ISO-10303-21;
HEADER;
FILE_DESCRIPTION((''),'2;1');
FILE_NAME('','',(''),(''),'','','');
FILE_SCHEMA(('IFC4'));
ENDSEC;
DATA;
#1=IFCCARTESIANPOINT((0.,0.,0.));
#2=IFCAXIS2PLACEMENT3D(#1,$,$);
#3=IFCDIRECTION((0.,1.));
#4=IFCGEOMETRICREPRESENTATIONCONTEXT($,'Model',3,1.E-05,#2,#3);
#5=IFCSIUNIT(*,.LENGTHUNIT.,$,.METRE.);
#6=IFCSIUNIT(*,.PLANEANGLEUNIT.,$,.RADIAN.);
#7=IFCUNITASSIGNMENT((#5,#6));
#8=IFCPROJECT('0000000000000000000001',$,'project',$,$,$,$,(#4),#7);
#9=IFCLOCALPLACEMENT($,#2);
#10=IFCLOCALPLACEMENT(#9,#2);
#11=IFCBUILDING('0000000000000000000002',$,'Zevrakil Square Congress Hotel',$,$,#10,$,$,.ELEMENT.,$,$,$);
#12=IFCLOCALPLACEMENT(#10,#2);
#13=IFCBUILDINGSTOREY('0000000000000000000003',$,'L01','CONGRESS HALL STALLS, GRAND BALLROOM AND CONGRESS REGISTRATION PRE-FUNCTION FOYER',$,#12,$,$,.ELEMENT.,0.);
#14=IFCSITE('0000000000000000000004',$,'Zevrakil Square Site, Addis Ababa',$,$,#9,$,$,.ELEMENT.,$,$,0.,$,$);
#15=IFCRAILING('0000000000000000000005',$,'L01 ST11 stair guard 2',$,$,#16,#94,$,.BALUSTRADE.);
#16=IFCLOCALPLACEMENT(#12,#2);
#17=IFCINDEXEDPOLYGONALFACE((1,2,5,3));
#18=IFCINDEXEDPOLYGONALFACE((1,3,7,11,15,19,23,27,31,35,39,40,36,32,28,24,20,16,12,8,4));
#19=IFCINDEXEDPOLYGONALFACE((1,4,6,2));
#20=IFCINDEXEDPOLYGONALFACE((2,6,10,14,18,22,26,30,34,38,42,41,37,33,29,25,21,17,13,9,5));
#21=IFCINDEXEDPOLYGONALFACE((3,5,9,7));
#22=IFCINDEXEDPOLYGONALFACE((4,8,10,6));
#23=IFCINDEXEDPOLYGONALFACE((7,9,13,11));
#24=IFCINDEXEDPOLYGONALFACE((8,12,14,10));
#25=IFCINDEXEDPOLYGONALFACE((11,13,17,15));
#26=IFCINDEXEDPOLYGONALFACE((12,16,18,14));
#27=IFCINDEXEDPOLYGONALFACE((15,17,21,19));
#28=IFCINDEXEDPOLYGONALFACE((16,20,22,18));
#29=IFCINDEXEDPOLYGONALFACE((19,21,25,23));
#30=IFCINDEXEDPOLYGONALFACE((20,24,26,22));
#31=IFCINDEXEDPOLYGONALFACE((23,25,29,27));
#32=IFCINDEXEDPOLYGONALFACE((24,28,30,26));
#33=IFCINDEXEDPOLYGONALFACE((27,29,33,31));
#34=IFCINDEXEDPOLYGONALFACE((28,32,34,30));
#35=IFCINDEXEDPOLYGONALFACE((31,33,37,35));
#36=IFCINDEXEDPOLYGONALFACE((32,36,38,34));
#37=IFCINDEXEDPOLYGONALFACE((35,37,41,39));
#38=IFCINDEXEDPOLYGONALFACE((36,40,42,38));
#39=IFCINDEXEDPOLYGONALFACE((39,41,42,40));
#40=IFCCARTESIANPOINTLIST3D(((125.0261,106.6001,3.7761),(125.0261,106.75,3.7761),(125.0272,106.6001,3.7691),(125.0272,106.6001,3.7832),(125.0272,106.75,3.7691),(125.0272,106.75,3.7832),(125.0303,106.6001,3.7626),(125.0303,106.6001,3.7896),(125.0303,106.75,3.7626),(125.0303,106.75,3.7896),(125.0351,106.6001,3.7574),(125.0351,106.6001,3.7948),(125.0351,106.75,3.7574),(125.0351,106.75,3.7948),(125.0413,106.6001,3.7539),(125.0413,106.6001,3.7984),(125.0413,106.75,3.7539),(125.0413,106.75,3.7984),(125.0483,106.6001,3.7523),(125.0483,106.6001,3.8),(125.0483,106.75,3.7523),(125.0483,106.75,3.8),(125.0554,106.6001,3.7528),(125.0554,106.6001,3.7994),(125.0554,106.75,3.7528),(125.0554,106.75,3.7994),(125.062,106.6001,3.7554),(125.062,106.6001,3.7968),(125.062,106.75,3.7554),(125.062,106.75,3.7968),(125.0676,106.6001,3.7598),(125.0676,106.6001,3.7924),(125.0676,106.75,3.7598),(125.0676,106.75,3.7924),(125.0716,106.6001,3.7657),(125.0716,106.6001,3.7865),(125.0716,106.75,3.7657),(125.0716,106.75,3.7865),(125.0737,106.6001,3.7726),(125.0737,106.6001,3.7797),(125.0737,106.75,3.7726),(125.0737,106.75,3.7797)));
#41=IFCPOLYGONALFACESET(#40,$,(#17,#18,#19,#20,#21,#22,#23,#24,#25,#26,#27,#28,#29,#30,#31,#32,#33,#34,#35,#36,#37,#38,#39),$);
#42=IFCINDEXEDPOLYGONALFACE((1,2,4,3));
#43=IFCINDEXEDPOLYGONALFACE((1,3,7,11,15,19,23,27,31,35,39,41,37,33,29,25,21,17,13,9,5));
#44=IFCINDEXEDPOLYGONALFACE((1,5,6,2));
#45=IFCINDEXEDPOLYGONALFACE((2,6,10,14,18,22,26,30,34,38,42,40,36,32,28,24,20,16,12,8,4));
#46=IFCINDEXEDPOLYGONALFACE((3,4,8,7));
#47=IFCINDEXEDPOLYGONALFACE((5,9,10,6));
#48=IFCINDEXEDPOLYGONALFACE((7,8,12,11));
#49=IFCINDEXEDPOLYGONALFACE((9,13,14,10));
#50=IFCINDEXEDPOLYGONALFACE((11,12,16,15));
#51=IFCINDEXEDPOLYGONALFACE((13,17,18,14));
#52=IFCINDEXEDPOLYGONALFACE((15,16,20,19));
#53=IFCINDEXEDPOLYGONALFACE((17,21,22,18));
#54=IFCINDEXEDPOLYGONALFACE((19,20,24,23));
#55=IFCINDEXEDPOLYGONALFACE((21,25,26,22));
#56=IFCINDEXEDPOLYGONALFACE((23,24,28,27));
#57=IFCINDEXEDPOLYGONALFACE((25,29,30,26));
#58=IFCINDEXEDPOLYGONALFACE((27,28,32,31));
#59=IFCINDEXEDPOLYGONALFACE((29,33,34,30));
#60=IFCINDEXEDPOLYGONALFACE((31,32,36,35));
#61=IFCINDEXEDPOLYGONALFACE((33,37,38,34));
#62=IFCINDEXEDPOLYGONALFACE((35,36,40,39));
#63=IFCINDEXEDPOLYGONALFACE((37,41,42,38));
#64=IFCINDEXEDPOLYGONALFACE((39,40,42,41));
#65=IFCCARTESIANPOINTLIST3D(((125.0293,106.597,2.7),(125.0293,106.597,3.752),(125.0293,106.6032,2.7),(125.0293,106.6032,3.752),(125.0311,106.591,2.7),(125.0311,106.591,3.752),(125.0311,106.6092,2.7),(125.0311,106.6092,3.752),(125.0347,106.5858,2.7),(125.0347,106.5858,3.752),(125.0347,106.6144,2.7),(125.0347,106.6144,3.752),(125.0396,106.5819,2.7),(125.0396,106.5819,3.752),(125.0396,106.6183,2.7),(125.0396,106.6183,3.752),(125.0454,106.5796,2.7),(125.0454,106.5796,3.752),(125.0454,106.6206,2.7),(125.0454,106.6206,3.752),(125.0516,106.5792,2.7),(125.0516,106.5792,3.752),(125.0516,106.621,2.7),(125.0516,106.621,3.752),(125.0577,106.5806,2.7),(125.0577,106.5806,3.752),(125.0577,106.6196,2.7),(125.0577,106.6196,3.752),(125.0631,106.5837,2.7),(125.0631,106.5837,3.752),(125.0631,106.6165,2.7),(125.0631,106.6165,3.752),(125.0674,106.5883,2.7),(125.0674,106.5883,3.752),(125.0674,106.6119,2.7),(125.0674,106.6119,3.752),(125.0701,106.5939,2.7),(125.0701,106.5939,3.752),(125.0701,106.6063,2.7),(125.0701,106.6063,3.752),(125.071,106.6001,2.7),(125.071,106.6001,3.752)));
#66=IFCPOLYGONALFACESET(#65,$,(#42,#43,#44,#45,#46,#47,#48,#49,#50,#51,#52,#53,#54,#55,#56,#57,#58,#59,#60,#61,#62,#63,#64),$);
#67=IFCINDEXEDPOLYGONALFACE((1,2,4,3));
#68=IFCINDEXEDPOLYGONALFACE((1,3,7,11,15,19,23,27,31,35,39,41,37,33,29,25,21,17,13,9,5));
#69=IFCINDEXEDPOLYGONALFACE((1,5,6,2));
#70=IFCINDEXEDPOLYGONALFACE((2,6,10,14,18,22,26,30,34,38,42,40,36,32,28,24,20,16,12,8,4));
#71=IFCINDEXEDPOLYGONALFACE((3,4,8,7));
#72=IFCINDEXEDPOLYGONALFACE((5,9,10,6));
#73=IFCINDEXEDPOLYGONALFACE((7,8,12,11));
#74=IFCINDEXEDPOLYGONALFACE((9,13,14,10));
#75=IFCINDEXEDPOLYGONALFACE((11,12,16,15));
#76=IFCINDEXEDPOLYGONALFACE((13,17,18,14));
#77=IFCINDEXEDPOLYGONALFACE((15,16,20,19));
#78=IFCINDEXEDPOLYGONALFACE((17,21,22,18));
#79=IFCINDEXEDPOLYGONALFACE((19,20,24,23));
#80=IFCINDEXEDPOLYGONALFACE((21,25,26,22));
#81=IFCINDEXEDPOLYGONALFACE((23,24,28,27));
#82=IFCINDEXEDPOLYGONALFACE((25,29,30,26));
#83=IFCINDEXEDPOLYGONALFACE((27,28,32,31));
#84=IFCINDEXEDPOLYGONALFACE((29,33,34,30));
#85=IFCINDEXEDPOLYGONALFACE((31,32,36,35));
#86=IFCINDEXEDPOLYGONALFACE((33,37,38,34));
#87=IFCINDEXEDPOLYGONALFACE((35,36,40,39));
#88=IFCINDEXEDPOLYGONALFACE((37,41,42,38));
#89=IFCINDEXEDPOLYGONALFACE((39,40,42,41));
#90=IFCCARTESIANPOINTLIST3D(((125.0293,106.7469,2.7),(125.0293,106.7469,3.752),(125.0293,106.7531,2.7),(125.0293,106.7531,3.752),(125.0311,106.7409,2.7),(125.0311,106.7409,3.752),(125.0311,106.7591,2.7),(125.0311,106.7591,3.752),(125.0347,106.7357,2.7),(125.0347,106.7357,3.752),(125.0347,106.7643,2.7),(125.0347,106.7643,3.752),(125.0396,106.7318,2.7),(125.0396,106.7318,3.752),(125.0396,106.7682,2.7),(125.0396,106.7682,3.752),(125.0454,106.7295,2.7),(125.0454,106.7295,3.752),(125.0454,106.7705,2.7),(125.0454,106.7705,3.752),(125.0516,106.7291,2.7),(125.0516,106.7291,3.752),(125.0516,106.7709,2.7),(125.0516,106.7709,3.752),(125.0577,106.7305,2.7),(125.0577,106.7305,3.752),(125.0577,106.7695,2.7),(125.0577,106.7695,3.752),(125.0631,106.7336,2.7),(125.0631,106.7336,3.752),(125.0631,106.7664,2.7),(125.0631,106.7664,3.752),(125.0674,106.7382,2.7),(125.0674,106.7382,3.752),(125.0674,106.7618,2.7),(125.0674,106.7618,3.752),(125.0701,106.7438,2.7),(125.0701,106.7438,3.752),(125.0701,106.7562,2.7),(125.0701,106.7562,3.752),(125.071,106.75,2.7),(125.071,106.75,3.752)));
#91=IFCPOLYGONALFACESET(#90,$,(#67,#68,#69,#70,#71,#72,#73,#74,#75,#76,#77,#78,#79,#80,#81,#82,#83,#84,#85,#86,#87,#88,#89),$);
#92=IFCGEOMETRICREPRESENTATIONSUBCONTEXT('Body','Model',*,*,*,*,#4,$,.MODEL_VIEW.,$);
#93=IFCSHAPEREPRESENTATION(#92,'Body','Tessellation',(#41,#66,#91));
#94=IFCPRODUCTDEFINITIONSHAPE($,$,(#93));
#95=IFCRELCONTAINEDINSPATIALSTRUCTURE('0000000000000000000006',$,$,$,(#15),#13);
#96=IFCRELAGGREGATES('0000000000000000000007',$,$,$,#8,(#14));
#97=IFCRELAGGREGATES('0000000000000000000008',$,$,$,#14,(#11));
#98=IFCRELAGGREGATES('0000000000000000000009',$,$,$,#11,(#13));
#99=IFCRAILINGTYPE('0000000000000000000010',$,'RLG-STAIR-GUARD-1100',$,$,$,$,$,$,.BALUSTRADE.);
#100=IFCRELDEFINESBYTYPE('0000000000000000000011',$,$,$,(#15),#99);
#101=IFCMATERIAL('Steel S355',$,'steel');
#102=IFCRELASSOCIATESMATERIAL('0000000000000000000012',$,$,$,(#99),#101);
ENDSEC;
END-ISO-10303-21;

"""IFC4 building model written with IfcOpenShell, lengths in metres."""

from ifc_helpers import new_model, si_unit, direction, frame, origin, origin_2d, place, context, subcontext, project, spatial, circle, extrude, material, type_object, element, save


model = new_model("IFC4")

# Units and contexts
model_context = context("Model", 3, precision=1e-05, world=origin(), true_north=direction((0.0, 1.0)))
body_context = subcontext(model_context, "Body", "Model", "MODEL_VIEW")
ifc_project = project(units=[si_unit("LENGTHUNIT", "METRE"), si_unit("PLANEANGLEUNIT", "RADIAN")], contexts=[model_context])

# Site, building, storey
site_placement = place(None, origin())
site = spatial("IfcSite", under=ifc_project, at=site_placement, Name="Zevrakil Square Site, Addis Ababa", CompositionType="ELEMENT", RefElevation=0.0)
building_placement = place(site_placement, origin())
building = spatial("IfcBuilding", under=site, at=building_placement, Name="Zevrakil Square Congress Hotel", CompositionType="ELEMENT")
storey_placement = place(building_placement, origin())
storey = spatial("IfcBuildingStorey", under=building, at=storey_placement, Name="L01", Description="CONGRESS HALL STALLS, GRAND BALLROOM AND CONGRESS REGISTRATION PRE-FUNCTION FOYER", CompositionType="ELEMENT", Elevation=0.0)

# Railing
ifc_material_1 = material(Name="Steel S355", Category="steel")
railing_type_1 = type_object("IfcRailingType", Name="RLG-STAIR-GUARD-1100", PredefinedType="BALUSTRADE", material=ifc_material_1)
railing_1_placement = place(storey_placement, frame((125.05, 106.6001, 2.7)))
element("IfcRailing", 1, at=railing_1_placement, inside=storey, type_object=railing_type_1, Name="L01 ST11 stair guard 2", PredefinedType="BALUSTRADE", context=body_context, shape_type="SweptSolid", body=[
    extrude(circle(Radius=0.0239, at=origin_2d()), frame((0.0, 0.0, 1.0762), z_axis=(0.0, 1.0, 0.0), x_axis=(-1.0, 0.0, 0.0)), (0.0, 0.0, 1.0), 0.1499),
    extrude(circle(Radius=0.021, at=origin_2d()), origin(), (0.0, 0.0, 1.0), 1.052),
    extrude(circle(Radius=0.021, at=origin_2d()), frame((0.0, 0.1499, 0.0)), (0.0, 0.0, 1.0), 1.052),
])

save(model, "model.ifc")
